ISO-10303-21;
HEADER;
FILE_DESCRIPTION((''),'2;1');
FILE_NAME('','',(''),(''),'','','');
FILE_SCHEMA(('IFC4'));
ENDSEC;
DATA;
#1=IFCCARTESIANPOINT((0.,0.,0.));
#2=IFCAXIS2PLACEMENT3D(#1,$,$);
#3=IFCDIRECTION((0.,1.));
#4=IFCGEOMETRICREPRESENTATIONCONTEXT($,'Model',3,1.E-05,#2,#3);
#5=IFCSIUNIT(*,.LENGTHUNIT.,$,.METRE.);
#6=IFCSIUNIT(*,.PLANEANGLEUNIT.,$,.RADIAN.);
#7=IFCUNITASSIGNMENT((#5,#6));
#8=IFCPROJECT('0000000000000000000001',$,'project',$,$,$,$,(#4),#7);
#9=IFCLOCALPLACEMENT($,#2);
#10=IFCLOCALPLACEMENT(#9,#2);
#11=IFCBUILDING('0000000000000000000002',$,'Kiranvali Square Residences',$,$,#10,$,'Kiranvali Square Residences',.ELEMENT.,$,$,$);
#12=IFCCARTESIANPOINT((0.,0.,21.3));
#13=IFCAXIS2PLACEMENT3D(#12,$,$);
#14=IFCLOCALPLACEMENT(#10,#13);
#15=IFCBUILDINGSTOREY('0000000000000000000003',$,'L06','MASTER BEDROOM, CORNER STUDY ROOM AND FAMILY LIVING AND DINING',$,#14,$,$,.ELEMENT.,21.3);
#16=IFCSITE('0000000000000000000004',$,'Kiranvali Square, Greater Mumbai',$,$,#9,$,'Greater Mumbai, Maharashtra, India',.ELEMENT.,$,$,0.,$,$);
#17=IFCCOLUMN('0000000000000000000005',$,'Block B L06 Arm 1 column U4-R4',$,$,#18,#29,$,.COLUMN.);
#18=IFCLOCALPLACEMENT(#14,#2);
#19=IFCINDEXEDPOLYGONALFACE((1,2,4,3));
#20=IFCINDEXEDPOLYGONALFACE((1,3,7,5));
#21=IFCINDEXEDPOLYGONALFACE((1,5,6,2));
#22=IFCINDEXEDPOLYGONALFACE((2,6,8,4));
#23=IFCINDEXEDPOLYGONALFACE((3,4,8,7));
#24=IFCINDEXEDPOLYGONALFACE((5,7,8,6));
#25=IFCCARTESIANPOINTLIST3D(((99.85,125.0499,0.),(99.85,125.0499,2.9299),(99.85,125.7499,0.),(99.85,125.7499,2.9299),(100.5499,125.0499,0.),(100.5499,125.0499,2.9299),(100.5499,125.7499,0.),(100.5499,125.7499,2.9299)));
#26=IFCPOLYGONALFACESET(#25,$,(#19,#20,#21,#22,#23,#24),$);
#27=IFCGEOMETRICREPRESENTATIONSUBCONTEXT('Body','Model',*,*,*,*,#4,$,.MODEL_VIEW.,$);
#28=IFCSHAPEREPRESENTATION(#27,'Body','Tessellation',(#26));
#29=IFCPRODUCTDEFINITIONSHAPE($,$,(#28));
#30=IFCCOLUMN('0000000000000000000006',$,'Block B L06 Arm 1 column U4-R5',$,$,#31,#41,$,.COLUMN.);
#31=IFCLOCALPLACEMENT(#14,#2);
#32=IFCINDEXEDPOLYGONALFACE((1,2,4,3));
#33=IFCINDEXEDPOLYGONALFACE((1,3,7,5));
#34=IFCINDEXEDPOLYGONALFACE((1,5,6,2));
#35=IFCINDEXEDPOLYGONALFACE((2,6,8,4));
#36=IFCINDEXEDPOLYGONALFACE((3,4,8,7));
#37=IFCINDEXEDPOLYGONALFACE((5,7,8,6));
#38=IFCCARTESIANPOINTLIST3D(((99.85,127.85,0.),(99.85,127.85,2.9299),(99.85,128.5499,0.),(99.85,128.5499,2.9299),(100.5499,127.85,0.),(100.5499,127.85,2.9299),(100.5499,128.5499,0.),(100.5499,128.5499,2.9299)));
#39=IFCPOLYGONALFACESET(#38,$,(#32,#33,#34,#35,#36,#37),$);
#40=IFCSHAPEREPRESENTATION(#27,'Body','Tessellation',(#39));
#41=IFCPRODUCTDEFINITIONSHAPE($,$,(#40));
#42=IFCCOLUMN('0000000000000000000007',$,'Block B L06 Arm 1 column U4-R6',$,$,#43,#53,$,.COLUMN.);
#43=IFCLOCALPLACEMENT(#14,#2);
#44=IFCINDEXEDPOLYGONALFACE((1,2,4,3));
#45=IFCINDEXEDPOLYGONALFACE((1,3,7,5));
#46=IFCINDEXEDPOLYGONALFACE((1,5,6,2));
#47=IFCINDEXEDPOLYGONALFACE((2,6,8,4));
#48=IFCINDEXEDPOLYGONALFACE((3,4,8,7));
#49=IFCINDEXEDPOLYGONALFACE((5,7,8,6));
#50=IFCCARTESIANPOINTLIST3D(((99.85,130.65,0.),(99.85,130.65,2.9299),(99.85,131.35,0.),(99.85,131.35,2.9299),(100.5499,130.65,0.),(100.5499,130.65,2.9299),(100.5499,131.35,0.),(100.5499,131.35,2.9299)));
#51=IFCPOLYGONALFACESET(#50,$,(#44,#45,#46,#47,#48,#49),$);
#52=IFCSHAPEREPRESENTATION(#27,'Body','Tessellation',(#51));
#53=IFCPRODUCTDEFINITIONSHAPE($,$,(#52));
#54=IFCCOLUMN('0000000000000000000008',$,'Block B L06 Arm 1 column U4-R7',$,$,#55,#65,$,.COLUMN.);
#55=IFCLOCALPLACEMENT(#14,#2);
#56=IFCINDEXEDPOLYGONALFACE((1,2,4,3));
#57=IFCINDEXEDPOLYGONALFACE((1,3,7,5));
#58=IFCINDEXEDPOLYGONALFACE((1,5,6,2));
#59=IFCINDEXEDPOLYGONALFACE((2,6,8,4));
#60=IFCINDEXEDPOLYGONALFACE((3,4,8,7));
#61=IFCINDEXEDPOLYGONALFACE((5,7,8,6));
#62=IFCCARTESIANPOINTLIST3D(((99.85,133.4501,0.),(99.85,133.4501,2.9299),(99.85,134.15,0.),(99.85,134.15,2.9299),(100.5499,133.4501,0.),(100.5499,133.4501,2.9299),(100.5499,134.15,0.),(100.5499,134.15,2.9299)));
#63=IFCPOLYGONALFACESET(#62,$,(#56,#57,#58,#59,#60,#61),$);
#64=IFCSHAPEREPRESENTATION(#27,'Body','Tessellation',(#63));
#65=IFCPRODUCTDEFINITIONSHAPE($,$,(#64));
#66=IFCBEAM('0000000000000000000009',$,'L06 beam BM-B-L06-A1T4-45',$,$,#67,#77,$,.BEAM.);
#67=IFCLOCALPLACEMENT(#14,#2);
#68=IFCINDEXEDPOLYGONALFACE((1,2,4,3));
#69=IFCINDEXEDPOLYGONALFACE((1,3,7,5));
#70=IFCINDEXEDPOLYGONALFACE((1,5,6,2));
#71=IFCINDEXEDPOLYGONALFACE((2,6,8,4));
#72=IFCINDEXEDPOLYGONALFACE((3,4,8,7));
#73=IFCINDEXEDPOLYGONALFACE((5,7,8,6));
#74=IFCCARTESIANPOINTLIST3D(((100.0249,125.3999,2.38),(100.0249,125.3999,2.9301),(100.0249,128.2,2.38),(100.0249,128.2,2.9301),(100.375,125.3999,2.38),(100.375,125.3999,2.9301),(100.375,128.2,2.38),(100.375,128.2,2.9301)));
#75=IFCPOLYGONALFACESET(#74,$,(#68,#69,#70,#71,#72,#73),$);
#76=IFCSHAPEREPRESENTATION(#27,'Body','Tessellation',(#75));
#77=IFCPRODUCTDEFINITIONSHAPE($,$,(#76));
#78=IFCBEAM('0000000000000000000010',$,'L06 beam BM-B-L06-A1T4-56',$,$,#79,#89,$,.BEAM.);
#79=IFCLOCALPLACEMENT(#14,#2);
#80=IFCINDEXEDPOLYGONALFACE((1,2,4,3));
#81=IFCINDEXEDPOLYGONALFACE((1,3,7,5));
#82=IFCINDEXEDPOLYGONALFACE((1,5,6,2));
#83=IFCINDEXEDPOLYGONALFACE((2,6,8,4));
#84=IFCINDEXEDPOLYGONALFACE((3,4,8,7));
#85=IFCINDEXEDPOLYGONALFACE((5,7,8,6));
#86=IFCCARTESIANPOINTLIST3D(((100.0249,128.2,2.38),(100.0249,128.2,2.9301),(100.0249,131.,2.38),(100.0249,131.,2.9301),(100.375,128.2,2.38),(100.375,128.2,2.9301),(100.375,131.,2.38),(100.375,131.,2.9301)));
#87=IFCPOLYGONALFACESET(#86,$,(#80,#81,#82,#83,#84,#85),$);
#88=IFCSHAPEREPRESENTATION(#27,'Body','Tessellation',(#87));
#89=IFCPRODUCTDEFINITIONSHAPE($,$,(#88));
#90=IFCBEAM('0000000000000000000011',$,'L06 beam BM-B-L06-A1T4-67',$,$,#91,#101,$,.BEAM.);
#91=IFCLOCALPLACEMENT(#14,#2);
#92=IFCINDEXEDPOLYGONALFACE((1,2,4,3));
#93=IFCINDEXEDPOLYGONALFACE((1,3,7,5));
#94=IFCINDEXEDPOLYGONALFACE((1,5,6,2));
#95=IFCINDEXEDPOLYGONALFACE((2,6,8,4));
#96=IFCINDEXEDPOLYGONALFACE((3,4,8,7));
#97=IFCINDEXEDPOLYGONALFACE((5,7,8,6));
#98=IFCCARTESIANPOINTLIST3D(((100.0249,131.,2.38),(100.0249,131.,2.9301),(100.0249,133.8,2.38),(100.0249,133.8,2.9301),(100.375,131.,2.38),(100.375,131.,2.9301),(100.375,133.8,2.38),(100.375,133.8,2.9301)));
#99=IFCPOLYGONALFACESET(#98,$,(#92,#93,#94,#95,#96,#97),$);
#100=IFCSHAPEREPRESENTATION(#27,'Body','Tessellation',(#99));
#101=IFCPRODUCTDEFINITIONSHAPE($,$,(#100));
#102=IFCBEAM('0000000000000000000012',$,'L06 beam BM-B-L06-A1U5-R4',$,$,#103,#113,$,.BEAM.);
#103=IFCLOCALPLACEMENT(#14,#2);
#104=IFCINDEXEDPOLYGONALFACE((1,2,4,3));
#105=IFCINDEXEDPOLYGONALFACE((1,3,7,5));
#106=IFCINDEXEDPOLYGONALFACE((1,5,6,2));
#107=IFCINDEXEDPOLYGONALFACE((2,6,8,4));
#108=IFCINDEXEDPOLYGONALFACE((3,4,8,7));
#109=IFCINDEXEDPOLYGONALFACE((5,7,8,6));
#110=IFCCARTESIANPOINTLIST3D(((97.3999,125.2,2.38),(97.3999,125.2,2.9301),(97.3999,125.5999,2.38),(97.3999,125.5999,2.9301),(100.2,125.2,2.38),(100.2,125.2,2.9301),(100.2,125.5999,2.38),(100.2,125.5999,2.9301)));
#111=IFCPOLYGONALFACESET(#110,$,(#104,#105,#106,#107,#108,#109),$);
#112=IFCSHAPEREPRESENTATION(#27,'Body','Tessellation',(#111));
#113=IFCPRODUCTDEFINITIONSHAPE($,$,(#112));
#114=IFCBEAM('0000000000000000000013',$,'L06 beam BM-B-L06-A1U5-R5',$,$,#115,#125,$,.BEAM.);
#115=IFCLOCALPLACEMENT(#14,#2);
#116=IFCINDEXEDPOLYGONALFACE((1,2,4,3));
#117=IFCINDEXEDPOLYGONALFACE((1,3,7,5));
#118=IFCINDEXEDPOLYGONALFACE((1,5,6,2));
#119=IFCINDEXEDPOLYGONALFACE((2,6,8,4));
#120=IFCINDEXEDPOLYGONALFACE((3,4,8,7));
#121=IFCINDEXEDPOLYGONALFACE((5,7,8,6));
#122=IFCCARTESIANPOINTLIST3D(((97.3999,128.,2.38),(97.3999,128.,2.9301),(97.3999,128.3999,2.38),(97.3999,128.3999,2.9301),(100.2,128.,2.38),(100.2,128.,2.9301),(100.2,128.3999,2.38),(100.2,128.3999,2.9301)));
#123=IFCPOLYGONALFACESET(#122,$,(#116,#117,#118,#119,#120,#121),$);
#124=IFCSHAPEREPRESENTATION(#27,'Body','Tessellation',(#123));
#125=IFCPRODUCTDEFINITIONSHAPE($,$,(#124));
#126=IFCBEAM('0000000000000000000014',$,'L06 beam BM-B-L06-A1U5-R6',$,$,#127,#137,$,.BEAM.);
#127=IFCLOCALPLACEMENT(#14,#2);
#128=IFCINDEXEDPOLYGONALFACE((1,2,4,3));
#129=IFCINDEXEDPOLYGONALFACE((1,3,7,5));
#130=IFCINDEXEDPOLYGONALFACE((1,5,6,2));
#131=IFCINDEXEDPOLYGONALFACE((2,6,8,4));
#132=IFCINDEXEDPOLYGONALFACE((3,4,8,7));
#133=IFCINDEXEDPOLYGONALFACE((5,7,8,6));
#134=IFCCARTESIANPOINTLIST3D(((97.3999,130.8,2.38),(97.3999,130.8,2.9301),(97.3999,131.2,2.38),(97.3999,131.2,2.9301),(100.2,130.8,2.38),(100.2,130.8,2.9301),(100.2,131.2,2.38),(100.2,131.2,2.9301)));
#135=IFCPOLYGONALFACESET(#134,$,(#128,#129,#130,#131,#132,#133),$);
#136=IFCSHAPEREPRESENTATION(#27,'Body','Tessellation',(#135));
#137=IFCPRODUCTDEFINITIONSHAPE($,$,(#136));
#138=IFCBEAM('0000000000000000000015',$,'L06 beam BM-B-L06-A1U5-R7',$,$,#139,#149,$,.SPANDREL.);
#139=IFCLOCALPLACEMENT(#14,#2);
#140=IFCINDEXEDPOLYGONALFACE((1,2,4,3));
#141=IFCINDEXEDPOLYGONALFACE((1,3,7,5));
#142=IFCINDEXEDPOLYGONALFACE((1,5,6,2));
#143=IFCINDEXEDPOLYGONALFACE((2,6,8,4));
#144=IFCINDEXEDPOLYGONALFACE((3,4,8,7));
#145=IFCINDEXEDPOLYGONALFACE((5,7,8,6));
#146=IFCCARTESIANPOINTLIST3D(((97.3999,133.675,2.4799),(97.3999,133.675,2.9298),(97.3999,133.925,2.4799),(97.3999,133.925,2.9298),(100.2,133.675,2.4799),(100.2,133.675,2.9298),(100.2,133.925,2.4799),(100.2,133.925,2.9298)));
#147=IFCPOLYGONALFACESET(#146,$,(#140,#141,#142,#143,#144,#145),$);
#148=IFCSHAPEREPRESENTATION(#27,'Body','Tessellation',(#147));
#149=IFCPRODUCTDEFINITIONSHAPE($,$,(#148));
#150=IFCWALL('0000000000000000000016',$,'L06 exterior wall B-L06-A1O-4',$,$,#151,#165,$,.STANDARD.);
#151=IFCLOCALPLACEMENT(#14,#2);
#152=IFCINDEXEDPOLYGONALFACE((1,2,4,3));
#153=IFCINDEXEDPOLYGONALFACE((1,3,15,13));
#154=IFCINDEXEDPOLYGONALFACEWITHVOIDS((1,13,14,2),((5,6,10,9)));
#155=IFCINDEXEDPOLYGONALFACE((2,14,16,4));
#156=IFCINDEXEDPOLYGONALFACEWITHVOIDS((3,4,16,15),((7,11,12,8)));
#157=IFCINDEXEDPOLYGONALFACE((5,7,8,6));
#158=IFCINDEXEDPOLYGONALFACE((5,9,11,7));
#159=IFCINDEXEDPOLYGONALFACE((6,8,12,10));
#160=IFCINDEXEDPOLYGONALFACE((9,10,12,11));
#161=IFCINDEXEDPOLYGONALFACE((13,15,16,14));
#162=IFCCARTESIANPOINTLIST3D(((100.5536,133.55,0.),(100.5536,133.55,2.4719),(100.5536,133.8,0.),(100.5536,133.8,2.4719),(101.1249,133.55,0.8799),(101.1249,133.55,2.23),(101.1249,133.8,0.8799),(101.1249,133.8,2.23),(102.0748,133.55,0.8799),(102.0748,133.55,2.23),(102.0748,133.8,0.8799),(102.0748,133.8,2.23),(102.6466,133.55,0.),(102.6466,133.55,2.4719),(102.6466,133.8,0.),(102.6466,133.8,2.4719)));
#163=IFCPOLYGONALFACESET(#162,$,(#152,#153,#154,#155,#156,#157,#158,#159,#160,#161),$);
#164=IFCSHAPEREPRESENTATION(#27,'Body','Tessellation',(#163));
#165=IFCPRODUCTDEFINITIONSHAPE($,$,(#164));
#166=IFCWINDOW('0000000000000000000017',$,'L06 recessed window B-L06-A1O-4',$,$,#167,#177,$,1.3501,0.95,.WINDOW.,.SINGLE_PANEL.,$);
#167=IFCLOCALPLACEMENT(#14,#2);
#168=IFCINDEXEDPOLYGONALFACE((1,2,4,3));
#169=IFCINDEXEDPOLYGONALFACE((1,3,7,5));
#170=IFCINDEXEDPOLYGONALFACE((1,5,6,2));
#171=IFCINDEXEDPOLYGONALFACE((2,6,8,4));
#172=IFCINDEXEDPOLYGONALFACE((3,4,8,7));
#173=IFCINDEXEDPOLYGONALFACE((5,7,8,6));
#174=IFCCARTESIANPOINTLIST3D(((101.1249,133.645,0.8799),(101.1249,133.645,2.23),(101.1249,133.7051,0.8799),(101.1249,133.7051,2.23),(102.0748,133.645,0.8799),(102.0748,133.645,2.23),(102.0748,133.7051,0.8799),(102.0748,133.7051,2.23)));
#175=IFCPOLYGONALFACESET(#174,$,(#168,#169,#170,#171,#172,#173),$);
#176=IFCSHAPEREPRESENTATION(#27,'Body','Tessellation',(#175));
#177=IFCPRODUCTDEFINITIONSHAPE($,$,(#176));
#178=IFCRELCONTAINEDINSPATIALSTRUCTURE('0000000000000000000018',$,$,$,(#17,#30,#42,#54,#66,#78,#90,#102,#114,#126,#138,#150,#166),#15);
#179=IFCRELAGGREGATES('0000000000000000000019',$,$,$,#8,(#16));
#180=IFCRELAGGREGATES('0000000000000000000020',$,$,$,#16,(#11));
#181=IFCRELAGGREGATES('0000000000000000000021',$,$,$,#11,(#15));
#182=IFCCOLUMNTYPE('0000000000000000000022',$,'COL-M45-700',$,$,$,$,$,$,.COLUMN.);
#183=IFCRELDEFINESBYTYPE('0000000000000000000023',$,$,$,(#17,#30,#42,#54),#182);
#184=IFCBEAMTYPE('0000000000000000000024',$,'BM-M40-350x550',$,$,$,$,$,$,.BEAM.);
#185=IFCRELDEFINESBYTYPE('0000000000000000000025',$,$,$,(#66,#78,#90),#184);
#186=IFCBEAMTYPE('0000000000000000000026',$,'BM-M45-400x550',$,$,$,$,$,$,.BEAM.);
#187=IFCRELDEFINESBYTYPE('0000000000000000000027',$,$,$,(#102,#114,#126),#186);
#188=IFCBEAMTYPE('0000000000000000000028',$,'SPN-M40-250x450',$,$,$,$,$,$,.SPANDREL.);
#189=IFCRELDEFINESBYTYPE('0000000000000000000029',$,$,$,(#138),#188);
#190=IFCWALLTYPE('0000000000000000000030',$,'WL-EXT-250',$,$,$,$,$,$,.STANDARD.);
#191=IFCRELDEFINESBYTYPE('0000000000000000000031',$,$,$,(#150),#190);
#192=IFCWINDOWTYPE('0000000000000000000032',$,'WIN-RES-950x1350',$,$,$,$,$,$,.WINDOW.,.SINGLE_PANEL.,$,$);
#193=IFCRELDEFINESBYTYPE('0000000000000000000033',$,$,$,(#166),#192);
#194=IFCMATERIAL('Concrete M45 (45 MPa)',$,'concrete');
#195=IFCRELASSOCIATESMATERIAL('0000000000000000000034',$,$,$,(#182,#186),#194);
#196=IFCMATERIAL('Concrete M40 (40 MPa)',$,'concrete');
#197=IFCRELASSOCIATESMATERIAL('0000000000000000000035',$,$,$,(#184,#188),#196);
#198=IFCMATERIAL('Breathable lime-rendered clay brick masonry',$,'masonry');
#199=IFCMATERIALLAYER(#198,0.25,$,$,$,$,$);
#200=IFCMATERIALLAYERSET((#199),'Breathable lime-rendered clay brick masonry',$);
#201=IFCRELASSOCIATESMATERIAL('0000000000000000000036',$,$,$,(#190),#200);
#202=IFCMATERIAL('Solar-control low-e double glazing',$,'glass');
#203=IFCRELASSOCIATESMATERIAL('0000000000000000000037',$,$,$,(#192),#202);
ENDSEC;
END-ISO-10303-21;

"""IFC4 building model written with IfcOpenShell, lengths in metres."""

from ifc_helpers import new_model, si_unit, direction, frame, frame_2d, origin, origin_2d, place, context, subcontext, project, spatial, rectangle, extrude, material, layer, layer_set, material_profile, profile_set, type_object, element, fill, save


model = new_model("IFC4")

# Units and contexts
model_context = context("Model", 3, precision=1e-05, world=origin(), true_north=direction((0.0, 1.0)))
body_context = subcontext(model_context, "Body", "Model", "MODEL_VIEW")
ifc_project = project(units=[si_unit("LENGTHUNIT", "METRE"), si_unit("PLANEANGLEUNIT", "RADIAN")], contexts=[model_context])

# Site, building, storey
site_placement = place(None, origin())
site = spatial("IfcSite", under=ifc_project, at=site_placement, Name="Kiranvali Square, Greater Mumbai", LongName="Greater Mumbai, Maharashtra, India", CompositionType="ELEMENT", RefElevation=0.0)
building_placement = place(site_placement, origin())
building = spatial("IfcBuilding", under=site, at=building_placement, Name="Kiranvali Square Residences", LongName="Kiranvali Square Residences", CompositionType="ELEMENT")
storey_placement = place(building_placement, frame((0.0, 0.0, 21.3)))
storey = spatial("IfcBuildingStorey", under=building, at=storey_placement, Name="L06", Description="MASTER BEDROOM, CORNER STUDY ROOM AND FAMILY LIVING AND DINING", CompositionType="ELEMENT", Elevation=21.3)

# Columns
ifc_material_1 = material(Name="Concrete M45 (45 MPa)", Category="concrete")
ifc_material_profile_1 = material_profile(ifc_material_1, rectangle(XDim=0.7, YDim=0.7, at=origin_2d()), Name="RC 700x700")
ifc_profile_set_1 = profile_set([ifc_material_profile_1], Name="Concrete M45 (45 MPa)")
column_type = type_object("IfcColumnType", Name="COL-M45-700", PredefinedType="COLUMN", material=ifc_profile_set_1)
for number, where, z_axis, x_axis, name in (
    (1, (100.2, 125.3999, 0.0), (0.0, 0.0, 1.0), (1.0, 0.0, 0.0), "Block B L06 Arm 1 column U4-R4"),
    (2, (100.2, 128.2, 0.0), (0.0, 0.0, 1.0), (1.0, 0.0, 0.0), "Block B L06 Arm 1 column U4-R5"),
    (3, (100.2, 131.0, 0.0), (0.0, 0.0, 1.0), (1.0, 0.0, 0.0), "Block B L06 Arm 1 column U4-R6"),
    (4, (100.2, 133.8, 0.0), (0.0, 0.0, 1.0), (1.0, 0.0, 0.0), "Block B L06 Arm 1 column U4-R7"),
):
    element("IfcColumn", number, at=place(storey_placement, frame(where, z_axis=z_axis, x_axis=x_axis)), inside=storey, type_object=column_type, Name=name, PredefinedType="COLUMN", context=body_context, shape_type="SweptSolid", body=[
        extrude(rectangle(XDim=0.7, YDim=0.7, at=origin_2d()), origin(), (0.0, 0.0, 1.0), 2.9299),
    ])

# Beams
ifc_material_2 = material(Name="Concrete M40 (40 MPa)", Category="concrete")
ifc_material_profile_2 = material_profile(ifc_material_2, rectangle(XDim=0.3501, YDim=0.55, at=origin_2d()), Name="RC 350x550")
ifc_profile_set_2 = profile_set([ifc_material_profile_2], Name="Concrete M40 (40 MPa)")
beam_type_1 = type_object("IfcBeamType", Name="BM-M40-350x550", PredefinedType="BEAM", material=ifc_profile_set_2)
for number, where, z_axis, x_axis, name in (
    (5, (100.2, 125.3999, 2.655), (0.0, 1.0, 0.0), (-1.0, 0.0, 0.0), "L06 beam BM-B-L06-A1T4-45"),
    (6, (100.2, 128.2, 2.655), (0.0, 1.0, 0.0), (-1.0, 0.0, 0.0), "L06 beam BM-B-L06-A1T4-56"),
    (7, (100.2, 131.0, 2.655), (0.0, 1.0, 0.0), (-1.0, 0.0, 0.0), "L06 beam BM-B-L06-A1T4-67"),
):
    element("IfcBeam", number, at=place(storey_placement, frame(where, z_axis=z_axis, x_axis=x_axis)), inside=storey, type_object=beam_type_1, Name=name, PredefinedType="BEAM", context=body_context, shape_type="SweptSolid", body=[
        extrude(rectangle(XDim=0.3501, YDim=0.55, at=origin_2d()), origin(), (0.0, 0.0, 1.0), 2.8),
    ])
ifc_material_profile_3 = material_profile(ifc_material_1, rectangle(XDim=0.3999, YDim=0.55, at=origin_2d()), Name="RC 400x550")
ifc_profile_set_3 = profile_set([ifc_material_profile_3], Name="Concrete M45 (45 MPa)")
beam_type_2 = type_object("IfcBeamType", Name="BM-M45-400x550", PredefinedType="BEAM", material=ifc_profile_set_3)
for number, where, z_axis, x_axis, name in (
    (8, (100.2, 125.3999, 2.655), (-1.0, 0.0, 0.0), (0.0, -1.0, 0.0), "L06 beam BM-B-L06-A1U5-R4"),
    (9, (100.2, 128.2, 2.655), (-1.0, 0.0, 0.0), (0.0, -1.0, 0.0), "L06 beam BM-B-L06-A1U5-R5"),
    (10, (100.2, 131.0, 2.655), (-1.0, 0.0, 0.0), (0.0, -1.0, 0.0), "L06 beam BM-B-L06-A1U5-R6"),
):
    element("IfcBeam", number, at=place(storey_placement, frame(where, z_axis=z_axis, x_axis=x_axis)), inside=storey, type_object=beam_type_2, Name=name, PredefinedType="BEAM", context=body_context, shape_type="SweptSolid", body=[
        extrude(rectangle(XDim=0.3999, YDim=0.55, at=origin_2d()), origin(), (0.0, 0.0, 1.0), 2.8),
    ])
ifc_material_profile_4 = material_profile(ifc_material_2, rectangle(XDim=0.25, YDim=0.45, at=origin_2d()), Name="RC 250x450")
ifc_profile_set_4 = profile_set([ifc_material_profile_4], Name="Concrete M40 (40 MPa)")
beam_type_3 = type_object("IfcBeamType", Name="SPN-M40-250x450", PredefinedType="SPANDREL", material=ifc_profile_set_4)
beam_placement = place(storey_placement, frame((100.2, 133.8, 2.7048), z_axis=(-1.0, 0.0, 0.0), x_axis=(0.0, -1.0, 0.0)))
element("IfcBeam", 11, at=beam_placement, inside=storey, type_object=beam_type_3, Name="L06 beam BM-B-L06-A1U5-R7", PredefinedType="SPANDREL", context=body_context, shape_type="SweptSolid", body=[
    extrude(rectangle(XDim=0.25, YDim=0.45, at=origin_2d()), origin(), (0.0, 0.0, 1.0), 2.8),
])

# Wall, opening, window
ifc_material_3 = material(Name="Breathable lime-rendered clay brick masonry", Category="masonry")
ifc_layer_1 = layer(ifc_material_3, 0.25)
ifc_layer_set_1 = layer_set([ifc_layer_1], Name="Breathable lime-rendered clay brick masonry")
wall_type_1 = type_object("IfcWallType", Name="WL-EXT-250", PredefinedType="STANDARD", material=ifc_layer_set_1)
wall_1_placement = place(storey_placement, frame((102.6465, 133.675, 0.0), z_axis=(0.0, 0.0, 1.0), x_axis=(-1.0, 0.0, 0.0)))
wall_1 = element("IfcWall", 12, at=wall_1_placement, inside=storey, type_object=wall_type_1, Name="L06 exterior wall B-L06-A1O-4", PredefinedType="STANDARD", context=body_context, shape_type="SweptSolid", body=[
    extrude(rectangle(XDim=2.093, YDim=0.25, at=frame_2d((1.0464, 0.0))), origin(), (0.0, 0.0, 1.0), 2.4719),
])
opening_1_placement = place(wall_1_placement, frame((0.5715, 0.0, 0.8799)))
opening_1 = element("IfcOpeningElement", 13, at=opening_1_placement, cuts=wall_1, PredefinedType="OPENING", context=body_context, shape_type="SweptSolid", body=[
    extrude(rectangle(XDim=0.95, YDim=1.3501, at=frame_2d((0.4751, 0.675))), frame((0.0, 0.135, 0.0), z_axis=(0.0, -1.0, 0.0), x_axis=(1.0, 0.0, 0.0)), (0.0, 0.0, 1.0), 0.27),
])
ifc_material_4 = material(Name="Solar-control low-e double glazing", Category="glass")
window_type_1 = type_object("IfcWindowType", Name="WIN-RES-950x1350", PartitioningType="SINGLE_PANEL", PredefinedType="WINDOW", material=ifc_material_4)
window_1_placement = place(opening_1_placement, origin())
window_1 = element("IfcWindow", 14, at=window_1_placement, inside=storey, type_object=window_type_1, Name="L06 recessed window B-L06-A1O-4", OverallHeight=1.3501, OverallWidth=0.95, PartitioningType="SINGLE_PANEL", PredefinedType="WINDOW", context=body_context, shape_type="SweptSolid", body=[
    extrude(rectangle(XDim=0.95, YDim=1.3501, at=frame_2d((0.4751, 0.675))), frame((0.0, 0.03, 0.0), z_axis=(0.0, -1.0, 0.0), x_axis=(1.0, 0.0, 0.0)), (0.0, 0.0, 1.0), 0.0601),
])
fill(opening_1, window_1)

save(model, "model.ifc")
